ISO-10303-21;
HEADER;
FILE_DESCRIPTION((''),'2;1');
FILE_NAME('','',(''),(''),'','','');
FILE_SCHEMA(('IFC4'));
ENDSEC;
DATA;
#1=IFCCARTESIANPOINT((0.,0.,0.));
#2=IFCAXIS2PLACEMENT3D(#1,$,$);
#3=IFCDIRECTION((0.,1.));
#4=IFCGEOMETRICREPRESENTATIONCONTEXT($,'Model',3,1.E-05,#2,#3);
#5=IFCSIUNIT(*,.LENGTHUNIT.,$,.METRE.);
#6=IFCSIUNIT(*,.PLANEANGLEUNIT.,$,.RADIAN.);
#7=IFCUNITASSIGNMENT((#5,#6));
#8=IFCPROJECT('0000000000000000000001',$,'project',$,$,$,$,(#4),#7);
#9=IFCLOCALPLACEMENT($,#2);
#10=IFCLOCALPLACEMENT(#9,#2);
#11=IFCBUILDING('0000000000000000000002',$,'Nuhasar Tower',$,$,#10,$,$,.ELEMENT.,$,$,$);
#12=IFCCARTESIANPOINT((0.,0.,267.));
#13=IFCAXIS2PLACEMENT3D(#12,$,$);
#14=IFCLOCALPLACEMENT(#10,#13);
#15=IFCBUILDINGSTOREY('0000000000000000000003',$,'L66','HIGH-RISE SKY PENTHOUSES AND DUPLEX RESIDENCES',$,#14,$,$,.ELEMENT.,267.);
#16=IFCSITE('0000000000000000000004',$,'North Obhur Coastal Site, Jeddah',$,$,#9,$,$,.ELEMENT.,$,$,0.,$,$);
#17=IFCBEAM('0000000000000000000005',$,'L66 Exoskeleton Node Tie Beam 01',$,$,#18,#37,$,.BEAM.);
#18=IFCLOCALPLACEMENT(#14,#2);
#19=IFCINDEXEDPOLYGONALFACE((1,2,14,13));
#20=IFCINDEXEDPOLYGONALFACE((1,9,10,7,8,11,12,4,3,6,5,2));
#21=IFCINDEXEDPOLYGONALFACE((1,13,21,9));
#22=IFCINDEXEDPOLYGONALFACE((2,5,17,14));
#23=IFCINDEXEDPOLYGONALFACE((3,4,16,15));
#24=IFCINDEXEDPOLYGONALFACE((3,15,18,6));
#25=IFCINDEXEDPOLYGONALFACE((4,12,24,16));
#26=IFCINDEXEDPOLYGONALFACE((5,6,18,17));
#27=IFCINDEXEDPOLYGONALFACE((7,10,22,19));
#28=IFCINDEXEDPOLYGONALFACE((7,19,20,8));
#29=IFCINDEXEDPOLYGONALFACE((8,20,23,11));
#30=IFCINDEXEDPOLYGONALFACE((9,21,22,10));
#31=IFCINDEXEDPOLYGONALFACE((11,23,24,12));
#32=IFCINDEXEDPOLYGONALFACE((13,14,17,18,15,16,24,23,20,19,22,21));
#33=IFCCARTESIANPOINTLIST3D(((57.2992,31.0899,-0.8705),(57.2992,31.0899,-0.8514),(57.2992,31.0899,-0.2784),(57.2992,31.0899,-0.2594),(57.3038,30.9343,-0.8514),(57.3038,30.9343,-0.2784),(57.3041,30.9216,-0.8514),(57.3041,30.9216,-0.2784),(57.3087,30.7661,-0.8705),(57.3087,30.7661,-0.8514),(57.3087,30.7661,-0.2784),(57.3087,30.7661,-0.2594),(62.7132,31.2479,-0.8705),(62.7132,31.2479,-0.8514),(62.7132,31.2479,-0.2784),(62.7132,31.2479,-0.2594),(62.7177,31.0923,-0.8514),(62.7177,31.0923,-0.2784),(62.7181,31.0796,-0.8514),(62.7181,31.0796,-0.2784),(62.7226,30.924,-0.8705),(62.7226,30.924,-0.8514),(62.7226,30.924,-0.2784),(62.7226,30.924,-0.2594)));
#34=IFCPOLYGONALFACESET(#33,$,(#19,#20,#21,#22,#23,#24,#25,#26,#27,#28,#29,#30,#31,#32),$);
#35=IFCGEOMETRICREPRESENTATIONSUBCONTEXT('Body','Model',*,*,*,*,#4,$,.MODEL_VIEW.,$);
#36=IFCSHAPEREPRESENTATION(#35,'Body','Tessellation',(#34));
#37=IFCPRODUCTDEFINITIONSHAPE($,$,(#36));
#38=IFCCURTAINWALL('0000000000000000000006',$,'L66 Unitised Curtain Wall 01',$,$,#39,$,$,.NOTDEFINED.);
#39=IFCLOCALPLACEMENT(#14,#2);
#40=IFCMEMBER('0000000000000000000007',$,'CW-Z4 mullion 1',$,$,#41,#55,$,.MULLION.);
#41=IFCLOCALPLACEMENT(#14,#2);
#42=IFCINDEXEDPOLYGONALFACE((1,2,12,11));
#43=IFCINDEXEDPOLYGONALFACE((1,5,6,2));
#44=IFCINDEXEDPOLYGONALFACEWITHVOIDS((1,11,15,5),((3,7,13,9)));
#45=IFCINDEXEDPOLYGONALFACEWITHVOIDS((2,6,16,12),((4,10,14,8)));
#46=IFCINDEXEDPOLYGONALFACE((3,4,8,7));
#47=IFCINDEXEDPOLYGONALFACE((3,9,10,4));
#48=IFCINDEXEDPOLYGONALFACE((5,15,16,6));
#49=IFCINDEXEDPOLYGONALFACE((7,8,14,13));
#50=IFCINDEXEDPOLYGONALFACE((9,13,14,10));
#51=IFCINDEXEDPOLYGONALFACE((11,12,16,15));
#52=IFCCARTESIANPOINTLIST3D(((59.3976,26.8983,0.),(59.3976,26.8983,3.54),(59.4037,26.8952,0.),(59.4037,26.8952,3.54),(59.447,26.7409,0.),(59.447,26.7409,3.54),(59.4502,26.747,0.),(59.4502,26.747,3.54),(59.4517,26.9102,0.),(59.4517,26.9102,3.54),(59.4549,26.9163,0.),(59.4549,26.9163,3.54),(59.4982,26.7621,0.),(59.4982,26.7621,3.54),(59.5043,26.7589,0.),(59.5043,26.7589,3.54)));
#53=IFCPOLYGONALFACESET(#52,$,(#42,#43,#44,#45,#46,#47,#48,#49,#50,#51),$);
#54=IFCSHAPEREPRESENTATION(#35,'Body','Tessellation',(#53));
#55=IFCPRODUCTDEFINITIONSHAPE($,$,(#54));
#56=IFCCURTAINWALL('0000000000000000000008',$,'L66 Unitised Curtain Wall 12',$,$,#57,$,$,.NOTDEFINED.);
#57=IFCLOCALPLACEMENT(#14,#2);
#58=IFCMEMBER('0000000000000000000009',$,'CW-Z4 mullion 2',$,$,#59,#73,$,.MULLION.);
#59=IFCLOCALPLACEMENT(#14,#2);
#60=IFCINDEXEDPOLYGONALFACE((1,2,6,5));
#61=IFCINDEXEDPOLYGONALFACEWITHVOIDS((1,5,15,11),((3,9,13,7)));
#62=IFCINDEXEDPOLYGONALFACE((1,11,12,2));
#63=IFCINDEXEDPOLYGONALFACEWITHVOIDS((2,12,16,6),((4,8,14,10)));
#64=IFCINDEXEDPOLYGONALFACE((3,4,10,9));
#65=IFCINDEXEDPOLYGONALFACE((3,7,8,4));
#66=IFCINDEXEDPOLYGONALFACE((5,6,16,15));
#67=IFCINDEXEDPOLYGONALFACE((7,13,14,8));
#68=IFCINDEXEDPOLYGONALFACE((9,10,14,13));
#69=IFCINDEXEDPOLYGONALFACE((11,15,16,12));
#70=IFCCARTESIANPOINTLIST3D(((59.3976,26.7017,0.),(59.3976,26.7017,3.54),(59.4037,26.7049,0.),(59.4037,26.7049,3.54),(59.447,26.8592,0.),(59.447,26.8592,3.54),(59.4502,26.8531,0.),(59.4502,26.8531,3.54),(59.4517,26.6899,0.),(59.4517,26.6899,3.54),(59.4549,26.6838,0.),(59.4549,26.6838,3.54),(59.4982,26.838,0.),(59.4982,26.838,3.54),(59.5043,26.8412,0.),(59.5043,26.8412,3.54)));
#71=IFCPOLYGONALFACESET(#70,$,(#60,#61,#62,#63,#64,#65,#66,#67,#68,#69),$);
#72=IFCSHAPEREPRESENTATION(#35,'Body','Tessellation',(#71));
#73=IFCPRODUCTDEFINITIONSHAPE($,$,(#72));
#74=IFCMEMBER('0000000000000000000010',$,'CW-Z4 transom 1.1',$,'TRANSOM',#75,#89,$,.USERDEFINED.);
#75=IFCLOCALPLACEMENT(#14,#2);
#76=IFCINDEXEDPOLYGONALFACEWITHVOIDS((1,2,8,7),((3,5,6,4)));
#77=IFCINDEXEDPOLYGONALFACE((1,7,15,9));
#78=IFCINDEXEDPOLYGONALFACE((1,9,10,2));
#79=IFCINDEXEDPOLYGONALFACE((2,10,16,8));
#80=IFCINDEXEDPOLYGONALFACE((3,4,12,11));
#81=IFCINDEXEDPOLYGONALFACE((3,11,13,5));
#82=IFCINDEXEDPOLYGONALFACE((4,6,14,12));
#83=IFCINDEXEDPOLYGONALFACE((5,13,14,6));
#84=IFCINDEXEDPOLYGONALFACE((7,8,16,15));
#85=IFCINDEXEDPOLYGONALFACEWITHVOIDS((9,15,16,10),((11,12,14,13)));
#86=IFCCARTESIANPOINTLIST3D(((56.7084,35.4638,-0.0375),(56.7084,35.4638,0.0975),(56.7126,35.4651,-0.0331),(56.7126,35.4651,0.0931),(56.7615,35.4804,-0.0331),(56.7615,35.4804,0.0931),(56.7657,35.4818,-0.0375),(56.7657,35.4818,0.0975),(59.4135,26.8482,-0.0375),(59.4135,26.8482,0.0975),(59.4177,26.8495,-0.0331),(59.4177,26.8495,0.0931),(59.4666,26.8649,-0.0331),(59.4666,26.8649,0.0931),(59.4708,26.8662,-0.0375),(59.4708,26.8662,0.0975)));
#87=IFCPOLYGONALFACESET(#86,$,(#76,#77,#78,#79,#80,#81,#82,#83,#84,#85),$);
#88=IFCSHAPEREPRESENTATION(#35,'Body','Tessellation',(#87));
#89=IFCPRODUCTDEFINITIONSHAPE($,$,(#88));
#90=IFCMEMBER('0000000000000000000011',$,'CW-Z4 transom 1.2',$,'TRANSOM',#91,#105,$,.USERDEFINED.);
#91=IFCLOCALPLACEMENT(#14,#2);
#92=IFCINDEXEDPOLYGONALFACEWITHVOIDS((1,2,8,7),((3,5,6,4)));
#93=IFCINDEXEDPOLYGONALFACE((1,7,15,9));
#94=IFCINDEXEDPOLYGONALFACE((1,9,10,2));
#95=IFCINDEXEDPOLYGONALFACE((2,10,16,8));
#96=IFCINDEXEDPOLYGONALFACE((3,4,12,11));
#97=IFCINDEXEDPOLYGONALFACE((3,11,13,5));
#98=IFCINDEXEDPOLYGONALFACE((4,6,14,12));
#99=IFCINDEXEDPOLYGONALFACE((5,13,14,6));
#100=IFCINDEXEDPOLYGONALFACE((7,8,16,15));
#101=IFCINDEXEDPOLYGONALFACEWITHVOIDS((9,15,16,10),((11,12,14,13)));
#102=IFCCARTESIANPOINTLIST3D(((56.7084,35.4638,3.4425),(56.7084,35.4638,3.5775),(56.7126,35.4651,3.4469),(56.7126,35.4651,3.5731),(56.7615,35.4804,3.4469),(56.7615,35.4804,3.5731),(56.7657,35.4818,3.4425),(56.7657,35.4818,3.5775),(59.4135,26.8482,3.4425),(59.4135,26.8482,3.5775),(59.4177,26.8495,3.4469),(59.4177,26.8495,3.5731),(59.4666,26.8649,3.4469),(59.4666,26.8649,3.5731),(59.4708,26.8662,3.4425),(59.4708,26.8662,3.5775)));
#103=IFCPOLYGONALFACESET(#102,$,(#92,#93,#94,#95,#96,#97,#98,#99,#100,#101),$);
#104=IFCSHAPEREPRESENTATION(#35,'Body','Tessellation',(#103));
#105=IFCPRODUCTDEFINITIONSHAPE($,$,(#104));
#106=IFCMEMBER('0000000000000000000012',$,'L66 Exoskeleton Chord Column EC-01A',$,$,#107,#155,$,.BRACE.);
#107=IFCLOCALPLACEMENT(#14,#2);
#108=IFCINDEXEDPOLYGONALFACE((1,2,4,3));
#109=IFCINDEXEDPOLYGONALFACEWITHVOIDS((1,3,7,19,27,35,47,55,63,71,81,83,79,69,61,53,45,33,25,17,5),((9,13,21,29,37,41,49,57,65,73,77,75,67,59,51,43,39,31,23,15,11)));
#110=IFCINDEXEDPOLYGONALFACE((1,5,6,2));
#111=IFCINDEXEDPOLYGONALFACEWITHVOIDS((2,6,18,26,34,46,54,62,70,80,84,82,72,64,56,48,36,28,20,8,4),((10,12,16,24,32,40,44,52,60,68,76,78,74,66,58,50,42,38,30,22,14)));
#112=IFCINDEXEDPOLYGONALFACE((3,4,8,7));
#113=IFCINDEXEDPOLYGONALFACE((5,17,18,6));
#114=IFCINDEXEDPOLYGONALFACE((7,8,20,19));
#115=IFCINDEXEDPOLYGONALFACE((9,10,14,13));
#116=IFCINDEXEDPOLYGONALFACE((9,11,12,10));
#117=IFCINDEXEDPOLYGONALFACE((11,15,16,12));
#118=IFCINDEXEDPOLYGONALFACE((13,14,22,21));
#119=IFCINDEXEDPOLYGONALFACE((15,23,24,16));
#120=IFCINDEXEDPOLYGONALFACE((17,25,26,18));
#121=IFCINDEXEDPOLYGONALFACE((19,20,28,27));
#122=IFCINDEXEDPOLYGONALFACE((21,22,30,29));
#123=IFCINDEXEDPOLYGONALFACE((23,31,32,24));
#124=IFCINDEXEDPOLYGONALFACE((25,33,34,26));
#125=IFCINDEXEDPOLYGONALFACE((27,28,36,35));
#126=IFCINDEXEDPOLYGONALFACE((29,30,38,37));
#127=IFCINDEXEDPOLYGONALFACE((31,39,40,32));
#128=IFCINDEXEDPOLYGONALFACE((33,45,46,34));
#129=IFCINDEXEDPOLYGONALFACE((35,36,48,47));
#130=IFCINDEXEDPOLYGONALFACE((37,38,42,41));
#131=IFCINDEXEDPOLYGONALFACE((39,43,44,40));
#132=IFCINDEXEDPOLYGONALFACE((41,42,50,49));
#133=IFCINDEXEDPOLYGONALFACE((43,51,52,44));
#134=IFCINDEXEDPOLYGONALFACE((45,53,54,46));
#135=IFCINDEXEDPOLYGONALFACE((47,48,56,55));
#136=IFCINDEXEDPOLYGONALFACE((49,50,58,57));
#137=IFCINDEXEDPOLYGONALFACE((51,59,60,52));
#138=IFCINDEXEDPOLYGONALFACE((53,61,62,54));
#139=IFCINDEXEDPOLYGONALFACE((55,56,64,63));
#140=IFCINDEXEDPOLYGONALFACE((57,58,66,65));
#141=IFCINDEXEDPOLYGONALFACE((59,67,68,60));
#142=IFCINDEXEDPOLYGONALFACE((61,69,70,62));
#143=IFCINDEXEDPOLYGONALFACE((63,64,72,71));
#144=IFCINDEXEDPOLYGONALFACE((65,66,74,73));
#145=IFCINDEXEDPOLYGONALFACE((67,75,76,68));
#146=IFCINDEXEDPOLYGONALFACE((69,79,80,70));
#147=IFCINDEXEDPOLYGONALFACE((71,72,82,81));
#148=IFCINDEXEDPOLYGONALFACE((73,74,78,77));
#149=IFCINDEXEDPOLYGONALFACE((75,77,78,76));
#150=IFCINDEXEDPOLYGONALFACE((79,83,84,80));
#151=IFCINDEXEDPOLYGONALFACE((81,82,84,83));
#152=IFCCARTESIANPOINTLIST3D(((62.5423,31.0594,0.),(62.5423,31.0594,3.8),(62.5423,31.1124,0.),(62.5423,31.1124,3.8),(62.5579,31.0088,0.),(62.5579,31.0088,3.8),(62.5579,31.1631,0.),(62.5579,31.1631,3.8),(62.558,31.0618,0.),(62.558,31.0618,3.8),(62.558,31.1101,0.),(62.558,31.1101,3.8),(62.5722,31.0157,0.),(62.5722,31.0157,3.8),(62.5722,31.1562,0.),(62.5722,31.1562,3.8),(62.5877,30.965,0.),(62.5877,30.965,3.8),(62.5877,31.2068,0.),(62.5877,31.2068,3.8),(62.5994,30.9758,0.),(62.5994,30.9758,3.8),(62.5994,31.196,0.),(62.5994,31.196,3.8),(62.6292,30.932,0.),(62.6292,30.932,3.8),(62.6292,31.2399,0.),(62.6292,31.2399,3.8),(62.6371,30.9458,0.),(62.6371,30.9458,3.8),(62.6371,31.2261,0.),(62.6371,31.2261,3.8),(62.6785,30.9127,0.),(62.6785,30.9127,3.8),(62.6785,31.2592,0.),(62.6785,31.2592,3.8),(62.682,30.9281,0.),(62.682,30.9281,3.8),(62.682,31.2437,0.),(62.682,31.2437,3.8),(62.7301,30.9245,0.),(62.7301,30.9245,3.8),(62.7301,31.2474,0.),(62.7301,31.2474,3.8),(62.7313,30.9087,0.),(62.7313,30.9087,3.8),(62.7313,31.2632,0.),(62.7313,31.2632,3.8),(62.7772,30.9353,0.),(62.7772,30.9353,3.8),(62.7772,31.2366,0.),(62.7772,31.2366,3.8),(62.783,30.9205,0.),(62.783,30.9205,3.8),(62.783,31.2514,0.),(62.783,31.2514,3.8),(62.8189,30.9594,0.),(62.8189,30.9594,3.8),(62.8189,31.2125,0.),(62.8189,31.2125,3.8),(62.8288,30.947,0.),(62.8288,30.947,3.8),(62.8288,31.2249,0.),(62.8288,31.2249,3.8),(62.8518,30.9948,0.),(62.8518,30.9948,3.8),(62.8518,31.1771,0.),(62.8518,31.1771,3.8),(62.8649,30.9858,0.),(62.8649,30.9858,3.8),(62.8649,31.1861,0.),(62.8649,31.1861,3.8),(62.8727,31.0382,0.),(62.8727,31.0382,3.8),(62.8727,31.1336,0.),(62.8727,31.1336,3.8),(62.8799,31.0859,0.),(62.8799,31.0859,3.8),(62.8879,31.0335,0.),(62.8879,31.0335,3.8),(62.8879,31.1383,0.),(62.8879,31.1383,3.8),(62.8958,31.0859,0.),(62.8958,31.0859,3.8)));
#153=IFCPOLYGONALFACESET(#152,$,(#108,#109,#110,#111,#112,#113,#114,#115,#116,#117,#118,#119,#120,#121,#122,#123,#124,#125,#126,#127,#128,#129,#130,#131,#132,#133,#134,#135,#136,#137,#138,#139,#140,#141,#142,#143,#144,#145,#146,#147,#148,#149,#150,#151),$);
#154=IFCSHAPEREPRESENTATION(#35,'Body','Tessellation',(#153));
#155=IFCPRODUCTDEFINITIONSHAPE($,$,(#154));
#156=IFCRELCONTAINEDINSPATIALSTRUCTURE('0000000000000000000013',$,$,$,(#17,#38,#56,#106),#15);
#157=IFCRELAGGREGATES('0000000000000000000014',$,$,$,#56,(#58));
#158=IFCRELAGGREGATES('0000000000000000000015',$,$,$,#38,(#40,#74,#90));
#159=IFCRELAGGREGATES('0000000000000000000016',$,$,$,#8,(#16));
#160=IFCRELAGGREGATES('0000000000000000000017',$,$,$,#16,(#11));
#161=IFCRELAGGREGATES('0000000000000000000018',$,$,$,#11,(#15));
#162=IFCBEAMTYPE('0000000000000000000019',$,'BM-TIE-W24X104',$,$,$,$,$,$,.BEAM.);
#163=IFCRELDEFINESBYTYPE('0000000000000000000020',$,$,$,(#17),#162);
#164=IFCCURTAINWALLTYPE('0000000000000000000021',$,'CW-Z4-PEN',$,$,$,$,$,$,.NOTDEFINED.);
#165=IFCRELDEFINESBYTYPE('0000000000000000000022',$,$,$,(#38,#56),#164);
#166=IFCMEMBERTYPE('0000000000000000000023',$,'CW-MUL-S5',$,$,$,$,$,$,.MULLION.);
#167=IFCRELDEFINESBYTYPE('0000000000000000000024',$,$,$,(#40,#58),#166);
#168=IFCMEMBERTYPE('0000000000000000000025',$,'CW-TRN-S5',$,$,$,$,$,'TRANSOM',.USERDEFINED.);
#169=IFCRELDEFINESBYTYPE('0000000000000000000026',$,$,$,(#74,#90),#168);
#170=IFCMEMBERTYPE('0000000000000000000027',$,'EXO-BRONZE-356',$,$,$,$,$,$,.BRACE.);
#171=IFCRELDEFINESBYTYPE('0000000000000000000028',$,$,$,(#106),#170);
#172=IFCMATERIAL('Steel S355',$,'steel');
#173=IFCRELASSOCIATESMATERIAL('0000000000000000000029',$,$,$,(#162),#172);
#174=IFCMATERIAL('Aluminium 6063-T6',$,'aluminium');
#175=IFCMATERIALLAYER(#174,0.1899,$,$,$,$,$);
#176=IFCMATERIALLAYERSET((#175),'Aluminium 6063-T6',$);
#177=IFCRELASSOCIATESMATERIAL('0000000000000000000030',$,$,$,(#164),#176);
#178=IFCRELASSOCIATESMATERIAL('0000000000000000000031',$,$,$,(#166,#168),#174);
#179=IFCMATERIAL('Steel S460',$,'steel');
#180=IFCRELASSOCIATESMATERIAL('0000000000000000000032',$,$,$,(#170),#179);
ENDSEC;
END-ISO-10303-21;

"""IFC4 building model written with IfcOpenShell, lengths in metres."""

from ifc_helpers import new_model, si_unit, direction, frame, origin, origin_2d, place, context, subcontext, project, spatial, hollow_rectangle, hollow_circle, i_section, extrude, material, layer, layer_set, material_profile, profile_set, type_object, element, aggregate, save


model = new_model("IFC4")

# Units and contexts
model_context = context("Model", 3, precision=1e-05, world=origin(), true_north=direction((0.0, 1.0)))
body_context = subcontext(model_context, "Body", "Model", "MODEL_VIEW")
ifc_project = project(units=[si_unit("LENGTHUNIT", "METRE"), si_unit("PLANEANGLEUNIT", "RADIAN")], contexts=[model_context])

# Site, building, storey
site_placement = place(None, origin())
site = spatial("IfcSite", under=ifc_project, at=site_placement, Name="North Obhur Coastal Site, Jeddah", CompositionType="ELEMENT", RefElevation=0.0)
building_placement = place(site_placement, origin())
building = spatial("IfcBuilding", under=site, at=building_placement, Name="Nuhasar Tower", CompositionType="ELEMENT")
storey_placement = place(building_placement, frame((0.0, 0.0, 267.0)))
storey = spatial("IfcBuildingStorey", under=building, at=storey_placement, Name="L66", Description="HIGH-RISE SKY PENTHOUSES AND DUPLEX RESIDENCES", CompositionType="ELEMENT", Elevation=267.0)

# Beam
ifc_material_1 = material(Name="Steel S355", Category="steel")
ifc_material_profile_1 = material_profile(ifc_material_1, i_section(OverallWidth=0.324, OverallDepth=0.6111, WebThickness=0.0127, FlangeThickness=0.019, at=origin_2d()), Name="W24X104")
ifc_profile_set_1 = profile_set([ifc_material_profile_1], Name="Steel S355")
beam_type_1 = type_object("IfcBeamType", Name="BM-TIE-W24X104", PredefinedType="BEAM", material=ifc_profile_set_1)
beam_1_placement = place(storey_placement, frame((57.304, 30.928, -0.5649), z_axis=(0.999575, 0.029163, 0.0), x_axis=(-0.029163, 0.999575, 0.0)))
element("IfcBeam", 1, at=beam_1_placement, inside=storey, type_object=beam_type_1, Name="L66 Exoskeleton Node Tie Beam 01", PredefinedType="BEAM", context=body_context, shape_type="SweptSolid", body=[
    extrude(i_section(OverallWidth=0.324, OverallDepth=0.6111, WebThickness=0.0127, FlangeThickness=0.019, at=origin_2d()), origin(), (0.0, 0.0, 1.0), 5.4163),
])

# Curtain walls, members
ifc_material_2 = material(Name="Aluminium 6063-T6", Category="aluminium")
ifc_layer_1 = layer(ifc_material_2, 0.1899)
ifc_layer_set_1 = layer_set([ifc_layer_1], Name="Aluminium 6063-T6")
curtain_wall_type = type_object("IfcCurtainWallType", Name="CW-Z4-PEN", PredefinedType="NOTDEFINED", material=ifc_layer_set_1)
curtain_wall_1_placement = place(storey_placement, origin())
curtain_wall_1 = element("IfcCurtainWall", 2, at=curtain_wall_1_placement, inside=storey, type_object=curtain_wall_type, Name="L66 Unitised Curtain Wall 01", PredefinedType="NOTDEFINED")
ifc_material_profile_2 = material_profile(ifc_material_2, hollow_rectangle(XDim=0.0601, YDim=0.165, WallThickness=0.0049, at=origin_2d()), Name="CWM-5")
ifc_profile_set_2 = profile_set([ifc_material_profile_2], Name="Aluminium 6063-T6")
member_type_1 = type_object("IfcMemberType", Name="CW-MUL-S5", PredefinedType="MULLION", material=ifc_profile_set_2)
member_1_placement = place(storey_placement, frame((59.4509, 26.8286, 0.0), z_axis=(0.0, 0.0, 1.0), x_axis=(-0.954079, -0.299557, 0.0)))
member_1 = element("IfcMember", 3, at=member_1_placement, type_object=member_type_1, Name="CW-Z4 mullion 1", PredefinedType="MULLION", context=body_context, shape_type="SweptSolid", body=[
    extrude(hollow_rectangle(XDim=0.0601, YDim=0.165, WallThickness=0.0049, at=origin_2d()), origin(), (0.0, 0.0, 1.0), 3.54),
])
curtain_wall_2_placement = place(storey_placement, origin())
curtain_wall_2 = element("IfcCurtainWall", 4, at=curtain_wall_2_placement, inside=storey, type_object=curtain_wall_type, Name="L66 Unitised Curtain Wall 12", PredefinedType="NOTDEFINED")
member_2_placement = place(storey_placement, frame((59.4509, 26.7715, 0.0), z_axis=(0.0, 0.0, 1.0), x_axis=(-0.954079, 0.299557, 0.0)))
member_2 = element("IfcMember", 5, at=member_2_placement, type_object=member_type_1, Name="CW-Z4 mullion 2", PredefinedType="MULLION", context=body_context, shape_type="SweptSolid", body=[
    extrude(hollow_rectangle(XDim=0.0601, YDim=0.165, WallThickness=0.0049, at=origin_2d()), origin(), (0.0, 0.0, 1.0), 3.54),
])
aggregate(curtain_wall_2, [member_2])

# Members
ifc_material_profile_3 = material_profile(ifc_material_2, hollow_rectangle(XDim=0.0601, YDim=0.135, WallThickness=0.0044, at=origin_2d()), Name="CWT-5")
ifc_profile_set_3 = profile_set([ifc_material_profile_3], Name="Aluminium 6063-T6")
member_type_2 = type_object("IfcMemberType", Name="CW-TRN-S5", ElementType="TRANSOM", PredefinedType="USERDEFINED", material=ifc_profile_set_3)
member_3_placement = place(storey_placement, frame((59.4421, 26.8572, 0.03), z_axis=(-0.29956, 0.954077, 0.0), x_axis=(-0.954077, -0.29956, 0.0)))
member_3 = element("IfcMember", 6, at=member_3_placement, type_object=member_type_2, Name="CW-Z4 transom 1.1", ObjectType="TRANSOM", PredefinedType="USERDEFINED", context=body_context, shape_type="SweptSolid", body=[
    extrude(hollow_rectangle(XDim=0.0601, YDim=0.135, WallThickness=0.0044, at=origin_2d()), origin(), (0.0, 0.0, 1.0), 9.0303),
])
member_4_placement = place(storey_placement, frame((59.4421, 26.8572, 3.51), z_axis=(-0.29956, 0.954077, 0.0), x_axis=(-0.954077, -0.29956, 0.0)))
member_4 = element("IfcMember", 7, at=member_4_placement, type_object=member_type_2, Name="CW-Z4 transom 1.2", ObjectType="TRANSOM", PredefinedType="USERDEFINED", context=body_context, shape_type="SweptSolid", body=[
    extrude(hollow_rectangle(XDim=0.0601, YDim=0.135, WallThickness=0.0044, at=origin_2d()), origin(), (0.0, 0.0, 1.0), 9.0303),
])

# Member
ifc_material_3 = material(Name="Steel S460", Category="steel")
ifc_material_profile_4 = material_profile(ifc_material_3, hollow_circle(Radius=0.1777, WallThickness=0.0159, at=origin_2d()), Name="HSS355.6X15.9")
ifc_profile_set_4 = profile_set([ifc_material_profile_4], Name="Steel S460")
member_type_3 = type_object("IfcMemberType", Name="EXO-BRONZE-356", PredefinedType="BRACE", material=ifc_profile_set_4)
member_5_placement = place(storey_placement, frame((62.718, 31.0859, 0.0), z_axis=(0.0, 0.0, 1.0), x_axis=(1.0, 0.0, 0.0)))
element("IfcMember", 8, at=member_5_placement, inside=storey, type_object=member_type_3, Name="L66 Exoskeleton Chord Column EC-01A", PredefinedType="BRACE", context=body_context, shape_type="SweptSolid", body=[
    extrude(hollow_circle(Radius=0.1777, WallThickness=0.0159, at=origin_2d()), origin(), (0.0, 0.0, 1.0), 3.8),
])

aggregate(curtain_wall_1, [member_1, member_3, member_4])

save(model, "model.ifc")
